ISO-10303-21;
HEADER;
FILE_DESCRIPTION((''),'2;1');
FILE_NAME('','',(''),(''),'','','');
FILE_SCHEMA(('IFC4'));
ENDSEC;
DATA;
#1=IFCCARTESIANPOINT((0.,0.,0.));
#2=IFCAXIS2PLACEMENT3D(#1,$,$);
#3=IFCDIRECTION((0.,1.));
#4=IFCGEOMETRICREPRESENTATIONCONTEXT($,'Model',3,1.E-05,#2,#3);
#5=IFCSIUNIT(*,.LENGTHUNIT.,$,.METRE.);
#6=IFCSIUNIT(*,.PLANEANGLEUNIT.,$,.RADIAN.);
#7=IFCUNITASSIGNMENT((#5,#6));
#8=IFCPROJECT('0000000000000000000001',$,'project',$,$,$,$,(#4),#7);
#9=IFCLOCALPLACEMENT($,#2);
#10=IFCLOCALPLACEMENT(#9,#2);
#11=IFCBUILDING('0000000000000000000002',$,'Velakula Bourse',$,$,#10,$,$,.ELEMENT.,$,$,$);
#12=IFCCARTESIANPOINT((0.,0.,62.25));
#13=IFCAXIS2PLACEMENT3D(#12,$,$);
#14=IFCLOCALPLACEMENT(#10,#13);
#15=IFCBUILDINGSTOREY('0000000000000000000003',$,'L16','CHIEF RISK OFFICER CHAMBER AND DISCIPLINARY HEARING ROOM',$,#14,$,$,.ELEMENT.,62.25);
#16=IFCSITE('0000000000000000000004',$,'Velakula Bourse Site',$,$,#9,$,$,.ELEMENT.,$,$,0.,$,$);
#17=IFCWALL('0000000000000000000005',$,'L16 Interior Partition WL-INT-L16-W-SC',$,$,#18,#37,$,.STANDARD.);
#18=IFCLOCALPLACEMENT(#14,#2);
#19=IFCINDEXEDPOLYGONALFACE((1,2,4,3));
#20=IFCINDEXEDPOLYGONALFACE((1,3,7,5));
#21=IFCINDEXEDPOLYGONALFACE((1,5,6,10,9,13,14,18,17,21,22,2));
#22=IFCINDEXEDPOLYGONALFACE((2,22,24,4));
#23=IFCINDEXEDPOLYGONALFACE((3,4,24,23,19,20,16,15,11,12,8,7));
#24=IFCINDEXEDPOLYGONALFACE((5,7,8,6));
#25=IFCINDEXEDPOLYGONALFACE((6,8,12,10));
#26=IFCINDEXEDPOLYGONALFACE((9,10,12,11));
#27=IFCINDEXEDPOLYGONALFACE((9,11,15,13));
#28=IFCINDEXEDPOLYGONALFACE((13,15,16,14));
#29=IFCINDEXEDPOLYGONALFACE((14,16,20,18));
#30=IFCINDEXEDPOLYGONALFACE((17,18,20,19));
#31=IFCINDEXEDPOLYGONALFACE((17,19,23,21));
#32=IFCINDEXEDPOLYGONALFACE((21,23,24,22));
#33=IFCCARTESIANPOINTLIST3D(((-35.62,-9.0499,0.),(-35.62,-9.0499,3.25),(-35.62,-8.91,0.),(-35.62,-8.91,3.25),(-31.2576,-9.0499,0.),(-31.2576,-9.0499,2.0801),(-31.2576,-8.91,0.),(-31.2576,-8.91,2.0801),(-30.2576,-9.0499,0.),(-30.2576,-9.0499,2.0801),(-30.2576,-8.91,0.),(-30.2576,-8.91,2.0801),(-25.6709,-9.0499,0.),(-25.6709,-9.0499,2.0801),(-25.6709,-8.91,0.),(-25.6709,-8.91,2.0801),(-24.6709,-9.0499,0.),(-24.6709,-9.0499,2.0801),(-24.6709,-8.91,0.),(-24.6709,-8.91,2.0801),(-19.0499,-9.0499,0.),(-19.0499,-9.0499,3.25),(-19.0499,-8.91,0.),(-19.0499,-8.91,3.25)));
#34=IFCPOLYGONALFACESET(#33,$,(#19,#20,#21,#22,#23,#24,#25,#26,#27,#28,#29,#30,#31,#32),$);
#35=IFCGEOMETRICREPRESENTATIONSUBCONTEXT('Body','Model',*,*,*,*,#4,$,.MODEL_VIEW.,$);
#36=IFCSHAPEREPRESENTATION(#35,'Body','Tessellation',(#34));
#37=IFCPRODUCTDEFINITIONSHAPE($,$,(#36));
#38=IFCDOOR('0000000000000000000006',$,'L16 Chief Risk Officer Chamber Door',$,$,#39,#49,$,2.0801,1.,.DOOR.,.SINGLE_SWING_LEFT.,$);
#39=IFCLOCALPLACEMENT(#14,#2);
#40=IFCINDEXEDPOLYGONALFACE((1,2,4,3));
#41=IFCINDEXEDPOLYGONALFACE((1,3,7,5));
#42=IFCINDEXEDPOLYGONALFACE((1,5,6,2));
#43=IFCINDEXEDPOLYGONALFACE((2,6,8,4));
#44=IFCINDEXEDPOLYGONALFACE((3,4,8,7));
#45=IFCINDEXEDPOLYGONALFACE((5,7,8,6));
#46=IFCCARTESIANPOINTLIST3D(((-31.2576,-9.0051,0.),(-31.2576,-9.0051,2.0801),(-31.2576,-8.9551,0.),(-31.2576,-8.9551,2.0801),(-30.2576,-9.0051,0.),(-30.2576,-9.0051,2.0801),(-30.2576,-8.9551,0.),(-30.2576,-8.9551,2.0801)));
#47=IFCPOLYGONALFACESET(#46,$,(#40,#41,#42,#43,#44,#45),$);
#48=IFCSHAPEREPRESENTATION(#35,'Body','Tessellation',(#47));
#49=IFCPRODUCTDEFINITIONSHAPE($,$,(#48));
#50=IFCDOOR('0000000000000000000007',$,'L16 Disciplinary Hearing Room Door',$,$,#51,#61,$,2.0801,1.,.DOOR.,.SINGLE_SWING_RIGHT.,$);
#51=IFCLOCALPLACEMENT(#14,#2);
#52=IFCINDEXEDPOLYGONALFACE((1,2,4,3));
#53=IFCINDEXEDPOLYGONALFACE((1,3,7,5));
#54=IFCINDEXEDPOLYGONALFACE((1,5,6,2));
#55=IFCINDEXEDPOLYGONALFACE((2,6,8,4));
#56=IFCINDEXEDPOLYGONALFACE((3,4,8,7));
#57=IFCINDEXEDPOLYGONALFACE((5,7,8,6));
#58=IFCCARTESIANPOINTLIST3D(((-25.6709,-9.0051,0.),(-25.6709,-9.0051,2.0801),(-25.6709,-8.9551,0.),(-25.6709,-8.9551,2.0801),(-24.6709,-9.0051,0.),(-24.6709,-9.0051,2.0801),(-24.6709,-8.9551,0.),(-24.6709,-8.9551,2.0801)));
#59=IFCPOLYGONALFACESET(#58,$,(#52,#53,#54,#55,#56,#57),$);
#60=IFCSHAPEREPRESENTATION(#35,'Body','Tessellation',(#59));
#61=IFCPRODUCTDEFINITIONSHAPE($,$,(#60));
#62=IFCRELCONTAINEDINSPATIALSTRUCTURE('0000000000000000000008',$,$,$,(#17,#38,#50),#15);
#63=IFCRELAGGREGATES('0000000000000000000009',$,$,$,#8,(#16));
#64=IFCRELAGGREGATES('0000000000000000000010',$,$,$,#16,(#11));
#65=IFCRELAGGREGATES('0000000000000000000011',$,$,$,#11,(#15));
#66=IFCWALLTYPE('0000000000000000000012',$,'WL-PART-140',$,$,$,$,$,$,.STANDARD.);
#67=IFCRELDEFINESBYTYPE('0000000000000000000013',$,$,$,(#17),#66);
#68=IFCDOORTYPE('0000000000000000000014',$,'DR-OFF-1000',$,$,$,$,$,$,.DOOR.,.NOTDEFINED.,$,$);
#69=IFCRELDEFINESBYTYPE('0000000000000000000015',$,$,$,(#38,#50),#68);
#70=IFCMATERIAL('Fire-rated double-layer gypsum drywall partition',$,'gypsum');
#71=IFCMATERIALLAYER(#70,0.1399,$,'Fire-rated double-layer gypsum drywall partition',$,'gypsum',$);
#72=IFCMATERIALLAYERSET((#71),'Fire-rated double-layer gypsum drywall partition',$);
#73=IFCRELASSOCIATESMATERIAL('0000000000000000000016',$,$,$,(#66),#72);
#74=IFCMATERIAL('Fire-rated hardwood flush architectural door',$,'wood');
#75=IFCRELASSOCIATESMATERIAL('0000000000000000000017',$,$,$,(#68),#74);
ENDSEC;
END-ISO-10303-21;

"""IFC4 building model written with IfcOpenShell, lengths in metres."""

from ifc_helpers import new_model, si_unit, direction, frame, frame_2d, origin, place, context, subcontext, project, spatial, rectangle, extrude, material, layer, layer_set, type_object, element, fill, save


model = new_model("IFC4")

# Units and contexts
model_context = context("Model", 3, precision=1e-05, world=origin(), true_north=direction((0.0, 1.0)))
body_context = subcontext(model_context, "Body", "Model", "MODEL_VIEW")
ifc_project = project(units=[si_unit("LENGTHUNIT", "METRE"), si_unit("PLANEANGLEUNIT", "RADIAN")], contexts=[model_context])

# Site, building, storey
site_placement = place(None, origin())
site = spatial("IfcSite", under=ifc_project, at=site_placement, Name="Velakula Bourse Site", CompositionType="ELEMENT", RefElevation=0.0)
building_placement = place(site_placement, origin())
building = spatial("IfcBuilding", under=site, at=building_placement, Name="Velakula Bourse", CompositionType="ELEMENT")
storey_placement = place(building_placement, frame((0.0, 0.0, 62.25)))
storey = spatial("IfcBuildingStorey", under=building, at=storey_placement, Name="L16", Description="CHIEF RISK OFFICER CHAMBER AND DISCIPLINARY HEARING ROOM", CompositionType="ELEMENT", Elevation=62.25)

# Wall, openings, doors
ifc_material_1 = material(Name="Fire-rated double-layer gypsum drywall partition", Category="gypsum")
ifc_layer = layer(ifc_material_1, 0.1399, Name="Fire-rated double-layer gypsum drywall partition", Category="gypsum")
ifc_layer_set = layer_set([ifc_layer], Name="Fire-rated double-layer gypsum drywall partition")
wall_type = type_object("IfcWallType", Name="WL-PART-140", PredefinedType="STANDARD", material=ifc_layer_set)
ifc_material_2 = material(Name="Fire-rated hardwood flush architectural door", Category="wood")
door_type_1 = type_object("IfcDoorType", Name="DR-OFF-1000", OperationType="NOTDEFINED", PredefinedType="DOOR", material=ifc_material_2)
wall_1_placement = place(storey_placement, frame((-35.6201, -8.98, 0.0), z_axis=(0.0, 0.0, 1.0), x_axis=(1.0, 0.0, 0.0)))
wall_1 = element("IfcWall", 1, at=wall_1_placement, inside=storey, type_object=wall_type, Name="L16 Interior Partition WL-INT-L16-W-SC", PredefinedType="STANDARD", context=body_context, shape_type="SweptSolid", body=[
    extrude(rectangle(XDim=16.5701, YDim=0.1399, at=frame_2d((8.2852, 0.0))), origin(), (0.0, 0.0, 1.0), 3.25),
])
opening_1_placement = place(wall_1_placement, frame((4.3625, 0.0, 0.0)))
opening_1 = element("IfcOpeningElement", 2, at=opening_1_placement, cuts=wall_1, PredefinedType="OPENING", context=body_context, shape_type="SweptSolid", body=[
    extrude(rectangle(XDim=1.0, YDim=2.0801, at=frame_2d((0.5, 1.04))), frame((0.0, 0.0798, 0.0), z_axis=(0.0, -1.0, 0.0), x_axis=(1.0, 0.0, 0.0)), (0.0, 0.0, 1.0), 0.1599),
])
opening_2_placement = place(wall_1_placement, frame((9.9492, 0.0, 0.0)))
opening_2 = element("IfcOpeningElement", 3, at=opening_2_placement, cuts=wall_1, PredefinedType="OPENING", context=body_context, shape_type="SweptSolid", body=[
    extrude(rectangle(XDim=1.0, YDim=2.0801, at=frame_2d((0.5, 1.04))), frame((0.0, 0.0798, 0.0), z_axis=(0.0, -1.0, 0.0), x_axis=(1.0, 0.0, 0.0)), (0.0, 0.0, 1.0), 0.1599),
])
door_1_placement = place(opening_1_placement, origin())
door_1 = element("IfcDoor", 4, at=door_1_placement, inside=storey, type_object=door_type_1, Name="L16 Chief Risk Officer Chamber Door", OperationType="SINGLE_SWING_LEFT", OverallHeight=2.0801, OverallWidth=1.0, PredefinedType="DOOR", context=body_context, shape_type="SweptSolid", body=[
    extrude(rectangle(XDim=1.0, YDim=2.0801, at=frame_2d((0.5, 1.04))), frame((0.0, 0.0249, 0.0), z_axis=(0.0, -1.0, 0.0), x_axis=(1.0, 0.0, 0.0)), (0.0, 0.0, 1.0), 0.05),
])
fill(opening_1, door_1)
door_2_placement = place(opening_2_placement, origin())
door_2 = element("IfcDoor", 5, at=door_2_placement, inside=storey, type_object=door_type_1, Name="L16 Disciplinary Hearing Room Door", OperationType="SINGLE_SWING_RIGHT", OverallHeight=2.0801, OverallWidth=1.0, PredefinedType="DOOR", context=body_context, shape_type="SweptSolid", body=[
    extrude(rectangle(XDim=1.0, YDim=2.0801, at=frame_2d((0.5, 1.04))), frame((0.0, 0.0249, 0.0), z_axis=(0.0, -1.0, 0.0), x_axis=(1.0, 0.0, 0.0)), (0.0, 0.0, 1.0), 0.05),
])
fill(opening_2, door_2)

save(model, "model.ifc")
